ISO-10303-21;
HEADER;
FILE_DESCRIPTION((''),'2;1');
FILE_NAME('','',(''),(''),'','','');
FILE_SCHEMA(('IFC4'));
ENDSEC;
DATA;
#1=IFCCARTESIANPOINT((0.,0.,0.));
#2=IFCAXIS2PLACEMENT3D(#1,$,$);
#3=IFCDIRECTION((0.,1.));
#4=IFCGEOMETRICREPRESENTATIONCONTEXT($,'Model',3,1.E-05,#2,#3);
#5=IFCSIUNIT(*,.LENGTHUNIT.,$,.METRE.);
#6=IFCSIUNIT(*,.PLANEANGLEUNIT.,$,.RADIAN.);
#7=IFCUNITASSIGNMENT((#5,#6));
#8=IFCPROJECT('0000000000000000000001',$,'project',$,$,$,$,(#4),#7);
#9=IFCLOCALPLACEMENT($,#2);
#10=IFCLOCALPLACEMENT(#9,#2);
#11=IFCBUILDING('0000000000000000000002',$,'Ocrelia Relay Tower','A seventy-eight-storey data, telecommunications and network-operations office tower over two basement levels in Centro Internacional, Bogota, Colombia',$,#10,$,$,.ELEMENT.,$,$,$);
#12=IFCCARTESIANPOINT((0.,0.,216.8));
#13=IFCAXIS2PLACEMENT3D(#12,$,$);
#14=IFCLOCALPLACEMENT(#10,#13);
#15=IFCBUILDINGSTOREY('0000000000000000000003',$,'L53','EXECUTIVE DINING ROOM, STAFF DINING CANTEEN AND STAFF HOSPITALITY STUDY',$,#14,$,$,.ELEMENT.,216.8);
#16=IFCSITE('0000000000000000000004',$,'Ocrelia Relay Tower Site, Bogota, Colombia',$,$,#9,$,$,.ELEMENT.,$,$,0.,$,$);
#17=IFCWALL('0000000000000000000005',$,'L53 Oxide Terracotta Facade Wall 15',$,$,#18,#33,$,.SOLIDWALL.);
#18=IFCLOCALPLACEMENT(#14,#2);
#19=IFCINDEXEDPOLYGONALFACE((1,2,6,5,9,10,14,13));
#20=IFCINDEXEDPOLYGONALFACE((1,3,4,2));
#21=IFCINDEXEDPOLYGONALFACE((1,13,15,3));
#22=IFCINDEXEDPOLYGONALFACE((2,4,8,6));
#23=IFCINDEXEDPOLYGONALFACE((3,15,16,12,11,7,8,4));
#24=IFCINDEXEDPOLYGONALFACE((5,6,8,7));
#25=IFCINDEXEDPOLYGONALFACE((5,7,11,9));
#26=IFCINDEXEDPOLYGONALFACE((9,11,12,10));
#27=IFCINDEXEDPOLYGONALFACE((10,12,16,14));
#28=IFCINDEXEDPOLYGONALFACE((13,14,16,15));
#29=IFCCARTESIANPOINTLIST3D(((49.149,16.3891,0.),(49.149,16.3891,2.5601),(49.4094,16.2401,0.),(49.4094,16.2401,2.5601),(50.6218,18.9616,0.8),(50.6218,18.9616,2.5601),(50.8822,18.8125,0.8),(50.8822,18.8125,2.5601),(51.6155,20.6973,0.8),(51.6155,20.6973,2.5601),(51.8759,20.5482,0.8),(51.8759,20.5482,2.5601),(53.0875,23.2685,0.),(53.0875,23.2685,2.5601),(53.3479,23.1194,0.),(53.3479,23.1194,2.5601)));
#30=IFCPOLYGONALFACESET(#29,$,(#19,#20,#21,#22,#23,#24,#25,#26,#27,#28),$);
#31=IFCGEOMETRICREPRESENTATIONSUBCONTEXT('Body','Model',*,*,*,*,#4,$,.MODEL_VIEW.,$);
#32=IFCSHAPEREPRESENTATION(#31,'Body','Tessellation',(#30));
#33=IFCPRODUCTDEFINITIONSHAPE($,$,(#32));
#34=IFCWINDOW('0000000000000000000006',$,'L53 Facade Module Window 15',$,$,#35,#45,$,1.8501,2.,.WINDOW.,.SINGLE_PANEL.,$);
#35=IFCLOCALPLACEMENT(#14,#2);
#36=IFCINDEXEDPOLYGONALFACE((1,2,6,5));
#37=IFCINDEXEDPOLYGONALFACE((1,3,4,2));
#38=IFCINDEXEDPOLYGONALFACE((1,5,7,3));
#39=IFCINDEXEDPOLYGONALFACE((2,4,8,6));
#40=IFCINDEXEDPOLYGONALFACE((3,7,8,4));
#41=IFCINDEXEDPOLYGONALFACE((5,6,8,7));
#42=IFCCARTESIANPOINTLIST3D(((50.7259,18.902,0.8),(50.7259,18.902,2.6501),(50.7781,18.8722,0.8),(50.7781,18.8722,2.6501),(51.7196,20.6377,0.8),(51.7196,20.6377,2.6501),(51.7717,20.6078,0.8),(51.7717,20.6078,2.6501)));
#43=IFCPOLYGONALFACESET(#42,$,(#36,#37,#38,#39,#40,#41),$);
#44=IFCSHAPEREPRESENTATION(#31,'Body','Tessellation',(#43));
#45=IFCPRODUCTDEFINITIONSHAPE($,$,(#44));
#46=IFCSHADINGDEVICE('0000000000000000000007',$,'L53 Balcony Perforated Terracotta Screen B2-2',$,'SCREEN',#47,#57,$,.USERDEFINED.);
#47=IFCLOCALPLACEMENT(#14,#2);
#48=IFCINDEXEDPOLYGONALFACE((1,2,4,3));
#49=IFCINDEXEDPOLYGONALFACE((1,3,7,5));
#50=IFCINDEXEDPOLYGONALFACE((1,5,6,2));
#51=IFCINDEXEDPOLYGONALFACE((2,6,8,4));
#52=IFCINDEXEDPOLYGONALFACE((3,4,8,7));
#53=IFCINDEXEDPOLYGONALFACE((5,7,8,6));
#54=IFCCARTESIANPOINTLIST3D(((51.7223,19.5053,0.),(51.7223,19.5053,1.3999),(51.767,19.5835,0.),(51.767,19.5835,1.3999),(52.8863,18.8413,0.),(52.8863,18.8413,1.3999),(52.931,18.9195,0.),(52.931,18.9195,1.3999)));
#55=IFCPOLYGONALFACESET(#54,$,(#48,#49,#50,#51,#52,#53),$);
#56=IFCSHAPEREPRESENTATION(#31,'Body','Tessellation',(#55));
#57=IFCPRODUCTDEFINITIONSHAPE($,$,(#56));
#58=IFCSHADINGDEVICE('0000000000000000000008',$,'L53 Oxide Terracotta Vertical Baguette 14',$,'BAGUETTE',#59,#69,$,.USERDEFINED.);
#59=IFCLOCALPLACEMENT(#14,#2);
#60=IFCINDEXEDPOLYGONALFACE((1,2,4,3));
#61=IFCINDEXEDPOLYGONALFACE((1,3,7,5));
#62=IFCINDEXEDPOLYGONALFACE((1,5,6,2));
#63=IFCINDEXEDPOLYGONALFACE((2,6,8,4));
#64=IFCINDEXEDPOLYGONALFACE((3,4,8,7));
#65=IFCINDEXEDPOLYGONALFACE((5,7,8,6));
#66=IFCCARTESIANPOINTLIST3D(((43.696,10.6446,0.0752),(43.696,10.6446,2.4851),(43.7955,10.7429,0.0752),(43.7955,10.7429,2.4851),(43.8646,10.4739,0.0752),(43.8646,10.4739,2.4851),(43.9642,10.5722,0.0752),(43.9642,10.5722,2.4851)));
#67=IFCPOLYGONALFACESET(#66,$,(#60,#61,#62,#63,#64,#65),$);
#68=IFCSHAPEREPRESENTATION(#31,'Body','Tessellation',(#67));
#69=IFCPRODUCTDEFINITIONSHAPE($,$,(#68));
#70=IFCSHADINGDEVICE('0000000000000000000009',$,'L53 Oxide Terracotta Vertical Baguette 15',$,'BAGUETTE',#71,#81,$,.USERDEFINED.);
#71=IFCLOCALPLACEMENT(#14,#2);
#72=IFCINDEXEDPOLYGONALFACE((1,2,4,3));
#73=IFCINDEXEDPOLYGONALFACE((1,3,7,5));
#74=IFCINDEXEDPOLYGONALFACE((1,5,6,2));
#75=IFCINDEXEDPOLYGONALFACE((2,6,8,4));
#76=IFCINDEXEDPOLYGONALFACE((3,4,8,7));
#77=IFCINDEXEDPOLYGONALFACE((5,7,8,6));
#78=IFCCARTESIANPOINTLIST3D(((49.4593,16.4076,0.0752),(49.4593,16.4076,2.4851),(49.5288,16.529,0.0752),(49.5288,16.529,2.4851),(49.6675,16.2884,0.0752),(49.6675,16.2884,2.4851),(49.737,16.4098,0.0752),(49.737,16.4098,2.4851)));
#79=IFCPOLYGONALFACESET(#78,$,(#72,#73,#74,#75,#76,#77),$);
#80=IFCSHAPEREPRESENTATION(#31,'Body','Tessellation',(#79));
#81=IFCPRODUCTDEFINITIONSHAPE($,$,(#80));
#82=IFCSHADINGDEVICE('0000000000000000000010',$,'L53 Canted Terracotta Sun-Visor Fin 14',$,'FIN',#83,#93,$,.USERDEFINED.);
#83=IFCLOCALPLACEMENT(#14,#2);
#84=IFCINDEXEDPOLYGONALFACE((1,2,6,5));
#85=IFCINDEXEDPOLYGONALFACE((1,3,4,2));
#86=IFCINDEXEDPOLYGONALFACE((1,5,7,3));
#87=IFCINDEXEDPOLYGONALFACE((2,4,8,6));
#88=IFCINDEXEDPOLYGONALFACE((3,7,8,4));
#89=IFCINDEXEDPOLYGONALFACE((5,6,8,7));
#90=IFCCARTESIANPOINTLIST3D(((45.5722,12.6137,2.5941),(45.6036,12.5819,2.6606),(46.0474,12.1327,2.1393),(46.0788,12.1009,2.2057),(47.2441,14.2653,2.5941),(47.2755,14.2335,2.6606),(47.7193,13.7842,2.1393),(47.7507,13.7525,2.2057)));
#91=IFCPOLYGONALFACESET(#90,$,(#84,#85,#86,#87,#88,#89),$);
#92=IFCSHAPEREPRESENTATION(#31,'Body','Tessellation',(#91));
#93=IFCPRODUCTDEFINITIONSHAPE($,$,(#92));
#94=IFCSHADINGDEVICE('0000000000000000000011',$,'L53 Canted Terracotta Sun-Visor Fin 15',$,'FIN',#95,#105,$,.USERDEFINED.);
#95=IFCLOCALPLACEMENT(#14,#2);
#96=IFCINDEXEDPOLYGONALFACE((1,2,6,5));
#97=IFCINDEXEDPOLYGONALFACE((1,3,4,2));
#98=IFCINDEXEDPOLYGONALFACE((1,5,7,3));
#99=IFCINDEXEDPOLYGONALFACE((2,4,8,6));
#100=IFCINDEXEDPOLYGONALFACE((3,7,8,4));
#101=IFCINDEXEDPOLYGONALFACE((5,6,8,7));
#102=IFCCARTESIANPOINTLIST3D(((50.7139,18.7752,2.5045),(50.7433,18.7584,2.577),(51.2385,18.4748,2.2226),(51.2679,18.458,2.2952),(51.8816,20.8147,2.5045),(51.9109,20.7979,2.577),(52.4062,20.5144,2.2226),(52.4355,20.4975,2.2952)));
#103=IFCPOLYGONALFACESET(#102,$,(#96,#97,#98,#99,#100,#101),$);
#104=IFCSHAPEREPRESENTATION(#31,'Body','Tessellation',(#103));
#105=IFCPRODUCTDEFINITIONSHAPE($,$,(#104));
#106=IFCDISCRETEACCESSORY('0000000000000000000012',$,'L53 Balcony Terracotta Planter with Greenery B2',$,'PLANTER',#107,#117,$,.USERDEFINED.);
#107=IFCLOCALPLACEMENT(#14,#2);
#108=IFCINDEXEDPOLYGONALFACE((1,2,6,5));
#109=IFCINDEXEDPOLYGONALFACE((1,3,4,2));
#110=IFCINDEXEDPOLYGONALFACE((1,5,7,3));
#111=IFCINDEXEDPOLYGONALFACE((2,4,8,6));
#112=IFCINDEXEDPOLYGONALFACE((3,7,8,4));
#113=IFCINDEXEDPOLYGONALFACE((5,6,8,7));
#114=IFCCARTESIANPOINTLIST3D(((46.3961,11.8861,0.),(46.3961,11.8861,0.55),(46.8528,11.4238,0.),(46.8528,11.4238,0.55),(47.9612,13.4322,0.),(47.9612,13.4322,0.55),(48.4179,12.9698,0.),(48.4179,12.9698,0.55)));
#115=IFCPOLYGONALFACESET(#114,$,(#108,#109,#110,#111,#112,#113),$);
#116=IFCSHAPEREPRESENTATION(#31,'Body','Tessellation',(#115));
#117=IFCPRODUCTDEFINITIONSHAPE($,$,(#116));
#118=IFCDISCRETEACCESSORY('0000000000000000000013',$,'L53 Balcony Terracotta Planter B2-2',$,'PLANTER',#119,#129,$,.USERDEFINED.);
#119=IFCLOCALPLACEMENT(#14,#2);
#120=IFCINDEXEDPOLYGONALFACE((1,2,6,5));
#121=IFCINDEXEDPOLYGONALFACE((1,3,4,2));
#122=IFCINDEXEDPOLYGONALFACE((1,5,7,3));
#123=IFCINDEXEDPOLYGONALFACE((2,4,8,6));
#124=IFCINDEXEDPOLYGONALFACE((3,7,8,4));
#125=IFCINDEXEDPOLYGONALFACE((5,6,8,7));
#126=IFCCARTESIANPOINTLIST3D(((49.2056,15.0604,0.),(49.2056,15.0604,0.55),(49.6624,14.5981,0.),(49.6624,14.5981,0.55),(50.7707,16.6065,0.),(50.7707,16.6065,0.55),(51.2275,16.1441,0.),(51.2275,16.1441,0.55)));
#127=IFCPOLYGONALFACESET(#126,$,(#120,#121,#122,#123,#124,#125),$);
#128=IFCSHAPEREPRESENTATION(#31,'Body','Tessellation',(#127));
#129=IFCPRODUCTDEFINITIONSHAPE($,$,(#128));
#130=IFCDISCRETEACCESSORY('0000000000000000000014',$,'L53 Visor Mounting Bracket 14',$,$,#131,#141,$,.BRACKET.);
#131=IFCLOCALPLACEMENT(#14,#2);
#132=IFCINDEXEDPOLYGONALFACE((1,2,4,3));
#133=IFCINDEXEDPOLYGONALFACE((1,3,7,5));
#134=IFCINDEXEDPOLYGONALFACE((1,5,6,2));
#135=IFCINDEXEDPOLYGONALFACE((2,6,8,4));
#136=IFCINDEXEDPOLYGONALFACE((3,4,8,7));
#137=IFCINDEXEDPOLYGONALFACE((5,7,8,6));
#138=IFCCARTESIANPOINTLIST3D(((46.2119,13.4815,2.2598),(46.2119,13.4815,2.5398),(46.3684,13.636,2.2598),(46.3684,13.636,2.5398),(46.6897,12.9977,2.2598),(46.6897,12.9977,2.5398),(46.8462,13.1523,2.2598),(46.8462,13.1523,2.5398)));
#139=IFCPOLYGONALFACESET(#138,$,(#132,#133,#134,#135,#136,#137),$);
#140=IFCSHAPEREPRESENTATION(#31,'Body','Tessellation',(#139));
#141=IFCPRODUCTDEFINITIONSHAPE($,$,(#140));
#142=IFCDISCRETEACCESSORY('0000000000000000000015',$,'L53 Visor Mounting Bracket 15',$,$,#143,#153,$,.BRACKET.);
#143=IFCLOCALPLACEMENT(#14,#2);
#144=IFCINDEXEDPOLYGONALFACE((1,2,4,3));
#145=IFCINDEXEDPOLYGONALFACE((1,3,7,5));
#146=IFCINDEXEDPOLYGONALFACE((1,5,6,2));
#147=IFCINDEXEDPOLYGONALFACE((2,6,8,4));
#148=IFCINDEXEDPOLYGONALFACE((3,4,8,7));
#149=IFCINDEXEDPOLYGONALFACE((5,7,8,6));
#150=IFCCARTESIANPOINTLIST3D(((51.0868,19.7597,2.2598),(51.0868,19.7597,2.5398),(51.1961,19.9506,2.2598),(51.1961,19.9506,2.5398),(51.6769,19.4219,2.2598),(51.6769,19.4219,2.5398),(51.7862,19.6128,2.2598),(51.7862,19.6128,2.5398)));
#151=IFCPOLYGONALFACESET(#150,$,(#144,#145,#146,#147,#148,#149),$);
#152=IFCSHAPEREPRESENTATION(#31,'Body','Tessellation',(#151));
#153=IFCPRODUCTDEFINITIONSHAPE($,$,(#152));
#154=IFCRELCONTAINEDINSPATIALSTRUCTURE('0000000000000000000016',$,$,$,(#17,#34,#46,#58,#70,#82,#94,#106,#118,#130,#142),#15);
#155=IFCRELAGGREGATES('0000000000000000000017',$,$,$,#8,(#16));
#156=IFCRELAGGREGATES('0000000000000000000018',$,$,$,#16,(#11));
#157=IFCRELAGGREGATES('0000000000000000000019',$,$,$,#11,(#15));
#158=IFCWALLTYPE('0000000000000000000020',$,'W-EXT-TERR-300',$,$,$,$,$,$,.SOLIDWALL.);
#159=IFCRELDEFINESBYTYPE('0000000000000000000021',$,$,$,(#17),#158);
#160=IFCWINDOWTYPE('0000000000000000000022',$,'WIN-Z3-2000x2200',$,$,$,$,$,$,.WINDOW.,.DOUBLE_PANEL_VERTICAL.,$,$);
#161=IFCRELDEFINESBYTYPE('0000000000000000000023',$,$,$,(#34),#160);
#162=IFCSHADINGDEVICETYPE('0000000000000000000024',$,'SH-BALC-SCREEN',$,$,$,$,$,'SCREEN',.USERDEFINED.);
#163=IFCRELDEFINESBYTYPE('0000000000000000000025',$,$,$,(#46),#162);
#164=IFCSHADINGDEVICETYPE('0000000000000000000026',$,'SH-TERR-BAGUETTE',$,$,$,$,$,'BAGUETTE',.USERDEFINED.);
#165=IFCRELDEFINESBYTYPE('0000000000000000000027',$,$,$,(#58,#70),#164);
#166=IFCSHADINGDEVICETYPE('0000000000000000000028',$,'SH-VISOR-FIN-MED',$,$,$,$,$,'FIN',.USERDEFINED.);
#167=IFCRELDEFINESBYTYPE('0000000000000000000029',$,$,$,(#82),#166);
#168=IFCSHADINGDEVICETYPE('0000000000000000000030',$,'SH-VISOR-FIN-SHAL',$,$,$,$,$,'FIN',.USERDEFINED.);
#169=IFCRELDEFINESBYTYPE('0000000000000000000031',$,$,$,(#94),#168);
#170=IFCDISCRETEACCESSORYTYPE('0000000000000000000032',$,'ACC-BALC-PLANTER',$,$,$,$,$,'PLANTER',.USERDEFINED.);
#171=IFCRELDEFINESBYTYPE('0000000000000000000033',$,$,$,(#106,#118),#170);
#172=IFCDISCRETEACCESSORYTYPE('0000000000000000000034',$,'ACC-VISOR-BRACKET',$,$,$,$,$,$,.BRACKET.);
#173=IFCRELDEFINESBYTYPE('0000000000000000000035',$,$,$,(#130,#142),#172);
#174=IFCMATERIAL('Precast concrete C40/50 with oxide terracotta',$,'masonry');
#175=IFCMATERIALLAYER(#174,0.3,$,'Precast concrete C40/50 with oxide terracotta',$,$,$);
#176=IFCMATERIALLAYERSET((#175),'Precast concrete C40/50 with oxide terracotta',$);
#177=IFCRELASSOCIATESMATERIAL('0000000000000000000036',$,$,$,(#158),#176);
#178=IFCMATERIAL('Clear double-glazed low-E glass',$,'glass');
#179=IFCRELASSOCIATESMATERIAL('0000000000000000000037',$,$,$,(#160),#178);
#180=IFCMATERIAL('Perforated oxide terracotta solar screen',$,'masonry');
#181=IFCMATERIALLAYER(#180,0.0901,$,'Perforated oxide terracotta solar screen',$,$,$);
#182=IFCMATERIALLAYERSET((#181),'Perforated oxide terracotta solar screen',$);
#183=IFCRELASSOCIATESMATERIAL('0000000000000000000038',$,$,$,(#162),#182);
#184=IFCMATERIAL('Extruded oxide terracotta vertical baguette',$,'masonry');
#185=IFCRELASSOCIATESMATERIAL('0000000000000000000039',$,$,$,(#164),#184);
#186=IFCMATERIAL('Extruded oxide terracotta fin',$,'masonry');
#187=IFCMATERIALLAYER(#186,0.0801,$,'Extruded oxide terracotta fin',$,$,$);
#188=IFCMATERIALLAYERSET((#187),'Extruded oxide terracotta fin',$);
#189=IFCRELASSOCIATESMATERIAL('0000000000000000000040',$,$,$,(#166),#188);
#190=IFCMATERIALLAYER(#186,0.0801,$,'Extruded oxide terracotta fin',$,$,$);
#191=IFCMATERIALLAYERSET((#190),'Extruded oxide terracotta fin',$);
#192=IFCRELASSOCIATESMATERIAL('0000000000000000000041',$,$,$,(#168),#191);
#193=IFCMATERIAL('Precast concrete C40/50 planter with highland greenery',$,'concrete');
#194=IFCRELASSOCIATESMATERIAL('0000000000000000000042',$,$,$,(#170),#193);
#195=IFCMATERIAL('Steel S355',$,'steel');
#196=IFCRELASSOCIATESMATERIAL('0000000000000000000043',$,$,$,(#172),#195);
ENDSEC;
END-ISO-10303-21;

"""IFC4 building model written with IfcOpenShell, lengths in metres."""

from ifc_helpers import new_model, si_unit, direction, frame, frame_2d, origin, origin_2d, place, context, subcontext, project, spatial, rectangle, extrude, material, layer, layer_set, type_object, element, fill, save


model = new_model("IFC4")

# Units and contexts
model_context = context("Model", 3, precision=1e-05, world=origin(), true_north=direction((0.0, 1.0)))
body_context = subcontext(model_context, "Body", "Model", "MODEL_VIEW")
ifc_project = project(units=[si_unit("LENGTHUNIT", "METRE"), si_unit("PLANEANGLEUNIT", "RADIAN")], contexts=[model_context])

# Site, building, storey
site_placement = place(None, origin())
site = spatial("IfcSite", under=ifc_project, at=site_placement, Name="Ocrelia Relay Tower Site, Bogota, Colombia", CompositionType="ELEMENT", RefElevation=0.0)
building_placement = place(site_placement, origin())
building = spatial("IfcBuilding", under=site, at=building_placement, Name="Ocrelia Relay Tower", Description="A seventy-eight-storey data, telecommunications and network-operations office tower over two basement levels in Centro Internacional, Bogota, Colombia", CompositionType="ELEMENT")
storey_placement = place(building_placement, frame((0.0, 0.0, 216.8)))
storey = spatial("IfcBuildingStorey", under=building, at=storey_placement, Name="L53", Description="EXECUTIVE DINING ROOM, STAFF DINING CANTEEN AND STAFF HOSPITALITY STUDY", CompositionType="ELEMENT", Elevation=216.8)

# Shared definitions
ifc_material_1 = material(Name="Steel S355", Category="steel")

# Shared definitions
ifc_material_2 = material(Name="Precast concrete C40/50 with oxide terracotta", Category="masonry")
ifc_layer_1 = layer(ifc_material_2, 0.3, Name="Precast concrete C40/50 with oxide terracotta")
ifc_layer_set_1 = layer_set([ifc_layer_1], Name="Precast concrete C40/50 with oxide terracotta")
wall_type_1 = type_object("IfcWallType", Name="W-EXT-TERR-300", PredefinedType="SOLIDWALL", material=ifc_layer_set_1)

# Wall, opening, window
wall_1_placement = place(storey_placement, frame((49.2793, 16.3147, 0.0), z_axis=(0.0, 0.0, 1.0), x_axis=(0.496842, 0.867841, 0.0)))
wall_1 = element("IfcWall", 1, at=wall_1_placement, inside=storey, type_object=wall_type_1, Name="L53 Oxide Terracotta Facade Wall 15", PredefinedType="SOLIDWALL", context=body_context, shape_type="SweptSolid", body=[
    extrude(rectangle(XDim=7.927, YDim=0.3, at=frame_2d((3.9634, 0.0))), origin(), (0.0, 0.0, 1.0), 2.5601),
])
opening_1_placement = place(wall_1_placement, frame((2.9641, 0.0, 0.8)))
opening_1 = element("IfcOpeningElement", 2, at=opening_1_placement, cuts=wall_1, PredefinedType="OPENING", context=body_context, shape_type="SweptSolid", body=[
    extrude(rectangle(XDim=2.0, YDim=1.8501, at=frame_2d((1.0, 0.925))), frame((0.0, 0.1602, 0.0), z_axis=(0.0, -1.0, 0.0), x_axis=(1.0, 0.0, 0.0)), (0.0, 0.0, 1.0), 0.3201),
])
ifc_material_3 = material(Name="Clear double-glazed low-E glass", Category="glass")
window_type = type_object("IfcWindowType", Name="WIN-Z3-2000x2200", PartitioningType="DOUBLE_PANEL_VERTICAL", PredefinedType="WINDOW", material=ifc_material_3)
window_placement = place(opening_1_placement, origin())
window = element("IfcWindow", 3, at=window_placement, inside=storey, type_object=window_type, Name="L53 Facade Module Window 15", OverallHeight=1.8501, OverallWidth=2.0, PartitioningType="SINGLE_PANEL", PredefinedType="WINDOW", context=body_context, shape_type="SweptSolid", body=[
    extrude(rectangle(XDim=2.0, YDim=1.8501, at=frame_2d((1.0, 0.925))), frame((0.0, 0.03, 0.0), z_axis=(0.0, -1.0, 0.0), x_axis=(1.0, 0.0, 0.0)), (0.0, 0.0, 1.0), 0.0601),
])
fill(opening_1, window)

# Shading devices
ifc_material_4 = material(Name="Perforated oxide terracotta solar screen", Category="masonry")
ifc_layer_2 = layer(ifc_material_4, 0.0901, Name="Perforated oxide terracotta solar screen")
ifc_layer_set_2 = layer_set([ifc_layer_2], Name="Perforated oxide terracotta solar screen")
shading_device_type_1 = type_object("IfcShadingDeviceType", Name="SH-BALC-SCREEN", ElementType="SCREEN", PredefinedType="USERDEFINED", material=ifc_layer_set_2)
shading_device_1_placement = place(storey_placement, frame((52.3267, 19.2124, 0.0), z_axis=(0.0, 0.0, 1.0), x_axis=(0.868601, -0.495513, 0.0)))
element("IfcShadingDevice", 4, at=shading_device_1_placement, inside=storey, type_object=shading_device_type_1, Name="L53 Balcony Perforated Terracotta Screen B2-2", ObjectType="SCREEN", PredefinedType="USERDEFINED", context=body_context, shape_type="SweptSolid", body=[
    extrude(rectangle(XDim=1.3401, YDim=0.0901, at=origin_2d()), origin(), (0.0, 0.0, 1.0), 1.3999),
])
ifc_material_5 = material(Name="Extruded oxide terracotta vertical baguette", Category="masonry")
shading_device_type_2 = type_object("IfcShadingDeviceType", Name="SH-TERR-BAGUETTE", ElementType="BAGUETTE", PredefinedType="USERDEFINED", material=ifc_material_5)
for number, where, z_axis, x_axis, name in (
    (5, (43.8301, 10.6084, 0.0752), (0.0, 0.0, 1.0), (0.711413, 0.702775, 0.0), "L53 Oxide Terracotta Vertical Baguette 14"),
    (6, (49.5981, 16.4087, 0.0752), (0.0, 0.0, 1.0), (0.496844, 0.86784, 0.0), "L53 Oxide Terracotta Vertical Baguette 15"),
):
    element("IfcShadingDevice", number, at=place(storey_placement, frame(where, z_axis=z_axis, x_axis=x_axis)), inside=storey, type_object=shading_device_type_2, Name=name, ObjectType="BAGUETTE", PredefinedType="USERDEFINED", context=body_context, shape_type="SweptSolid", body=[
        extrude(rectangle(XDim=0.1399, YDim=0.24, at=origin_2d()), origin(), (0.0, 0.0, 1.0), 2.4099),
    ])
ifc_material_6 = material(Name="Extruded oxide terracotta fin", Category="masonry")
ifc_layer_3 = layer(ifc_material_6, 0.0801, Name="Extruded oxide terracotta fin")
ifc_layer_set_3 = layer_set([ifc_layer_3], Name="Extruded oxide terracotta fin")
shading_device_type_3 = type_object("IfcShadingDeviceType", Name="SH-VISOR-FIN-MED", ElementType="FIN", PredefinedType="USERDEFINED", material=ifc_layer_set_3)
shading_device_2_placement = place(storey_placement, frame((46.6458, 13.199, 2.3667), z_axis=(0.392274, -0.397096, 0.82972), x_axis=(0.711413, 0.702775, 0.0)))
element("IfcShadingDevice", 7, at=shading_device_2_placement, inside=storey, type_object=shading_device_type_3, Name="L53 Canted Terracotta Sun-Visor Fin 14", ObjectType="FIN", PredefinedType="USERDEFINED", context=body_context, shape_type="SweptSolid", body=[
    extrude(rectangle(XDim=2.3501, YDim=0.8149, at=origin_2d()), origin(), (0.0, 0.0, 1.0), 0.0801),
])
ifc_layer_4 = layer(ifc_material_6, 0.0801, Name="Extruded oxide terracotta fin")
ifc_layer_set_4 = layer_set([ifc_layer_4], Name="Extruded oxide terracotta fin")
shading_device_type_4 = type_object("IfcShadingDeviceType", Name="SH-VISOR-FIN-SHAL", ElementType="FIN", PredefinedType="USERDEFINED", material=ifc_layer_set_4)
shading_device_3_placement = place(storey_placement, frame((51.5601, 19.6448, 2.3635), z_axis=(0.366765, -0.209975, 0.906308), x_axis=(0.496844, 0.86784, 0.0)))
element("IfcShadingDevice", 8, at=shading_device_3_placement, inside=storey, type_object=shading_device_type_4, Name="L53 Canted Terracotta Sun-Visor Fin 15", ObjectType="FIN", PredefinedType="USERDEFINED", context=body_context, shape_type="SweptSolid", body=[
    extrude(rectangle(XDim=2.3501, YDim=0.667, at=origin_2d()), origin(), (0.0, 0.0, 1.0), 0.0801),
])

# Discrete accessories
ifc_material_7 = material(Name="Precast concrete C40/50 planter with highland greenery", Category="concrete")
discrete_accessory_type_1 = type_object("IfcDiscreteAccessoryType", Name="ACC-BALC-PLANTER", ElementType="PLANTER", PredefinedType="USERDEFINED", material=ifc_material_7)
for number, where, z_axis, x_axis, name in (
    (9, (47.407, 12.428, 0.0), (0.0, 0.0, 1.0), (-0.711418, -0.702769, 0.0), "L53 Balcony Terracotta Planter with Greenery B2"),
    (10, (50.2166, 15.6023, 0.0), (0.0, 0.0, 1.0), (-0.711418, -0.702769, 0.0), "L53 Balcony Terracotta Planter B2-2"),
):
    element("IfcDiscreteAccessory", number, at=place(storey_placement, frame(where, z_axis=z_axis, x_axis=x_axis)), inside=storey, type_object=discrete_accessory_type_1, Name=name, ObjectType="PLANTER", PredefinedType="USERDEFINED", context=body_context, shape_type="SweptSolid", body=[
        extrude(rectangle(XDim=2.2, YDim=0.6499, at=origin_2d()), origin(), (0.0, 0.0, 1.0), 0.55),
    ])
discrete_accessory_type_2 = type_object("IfcDiscreteAccessoryType", Name="ACC-VISOR-BRACKET", PredefinedType="BRACKET", material=ifc_material_1)
for number, where, z_axis, x_axis, name in (
    (11, (46.5291, 13.3169, 2.2598), (0.0, 0.0, 1.0), (0.711413, 0.702775, 0.0), "L53 Visor Mounting Bracket 14"),
    (12, (51.4365, 19.6863, 2.2598), (0.0, 0.0, 1.0), (0.496844, 0.86784, 0.0), "L53 Visor Mounting Bracket 15"),
):
    element("IfcDiscreteAccessory", number, at=place(storey_placement, frame(where, z_axis=z_axis, x_axis=x_axis)), inside=storey, type_object=discrete_accessory_type_2, Name=name, PredefinedType="BRACKET", context=body_context, shape_type="SweptSolid", body=[
        extrude(rectangle(XDim=0.22, YDim=0.6799, at=origin_2d()), origin(), (0.0, 0.0, 1.0), 0.28),
    ])

save(model, "model.ifc")
